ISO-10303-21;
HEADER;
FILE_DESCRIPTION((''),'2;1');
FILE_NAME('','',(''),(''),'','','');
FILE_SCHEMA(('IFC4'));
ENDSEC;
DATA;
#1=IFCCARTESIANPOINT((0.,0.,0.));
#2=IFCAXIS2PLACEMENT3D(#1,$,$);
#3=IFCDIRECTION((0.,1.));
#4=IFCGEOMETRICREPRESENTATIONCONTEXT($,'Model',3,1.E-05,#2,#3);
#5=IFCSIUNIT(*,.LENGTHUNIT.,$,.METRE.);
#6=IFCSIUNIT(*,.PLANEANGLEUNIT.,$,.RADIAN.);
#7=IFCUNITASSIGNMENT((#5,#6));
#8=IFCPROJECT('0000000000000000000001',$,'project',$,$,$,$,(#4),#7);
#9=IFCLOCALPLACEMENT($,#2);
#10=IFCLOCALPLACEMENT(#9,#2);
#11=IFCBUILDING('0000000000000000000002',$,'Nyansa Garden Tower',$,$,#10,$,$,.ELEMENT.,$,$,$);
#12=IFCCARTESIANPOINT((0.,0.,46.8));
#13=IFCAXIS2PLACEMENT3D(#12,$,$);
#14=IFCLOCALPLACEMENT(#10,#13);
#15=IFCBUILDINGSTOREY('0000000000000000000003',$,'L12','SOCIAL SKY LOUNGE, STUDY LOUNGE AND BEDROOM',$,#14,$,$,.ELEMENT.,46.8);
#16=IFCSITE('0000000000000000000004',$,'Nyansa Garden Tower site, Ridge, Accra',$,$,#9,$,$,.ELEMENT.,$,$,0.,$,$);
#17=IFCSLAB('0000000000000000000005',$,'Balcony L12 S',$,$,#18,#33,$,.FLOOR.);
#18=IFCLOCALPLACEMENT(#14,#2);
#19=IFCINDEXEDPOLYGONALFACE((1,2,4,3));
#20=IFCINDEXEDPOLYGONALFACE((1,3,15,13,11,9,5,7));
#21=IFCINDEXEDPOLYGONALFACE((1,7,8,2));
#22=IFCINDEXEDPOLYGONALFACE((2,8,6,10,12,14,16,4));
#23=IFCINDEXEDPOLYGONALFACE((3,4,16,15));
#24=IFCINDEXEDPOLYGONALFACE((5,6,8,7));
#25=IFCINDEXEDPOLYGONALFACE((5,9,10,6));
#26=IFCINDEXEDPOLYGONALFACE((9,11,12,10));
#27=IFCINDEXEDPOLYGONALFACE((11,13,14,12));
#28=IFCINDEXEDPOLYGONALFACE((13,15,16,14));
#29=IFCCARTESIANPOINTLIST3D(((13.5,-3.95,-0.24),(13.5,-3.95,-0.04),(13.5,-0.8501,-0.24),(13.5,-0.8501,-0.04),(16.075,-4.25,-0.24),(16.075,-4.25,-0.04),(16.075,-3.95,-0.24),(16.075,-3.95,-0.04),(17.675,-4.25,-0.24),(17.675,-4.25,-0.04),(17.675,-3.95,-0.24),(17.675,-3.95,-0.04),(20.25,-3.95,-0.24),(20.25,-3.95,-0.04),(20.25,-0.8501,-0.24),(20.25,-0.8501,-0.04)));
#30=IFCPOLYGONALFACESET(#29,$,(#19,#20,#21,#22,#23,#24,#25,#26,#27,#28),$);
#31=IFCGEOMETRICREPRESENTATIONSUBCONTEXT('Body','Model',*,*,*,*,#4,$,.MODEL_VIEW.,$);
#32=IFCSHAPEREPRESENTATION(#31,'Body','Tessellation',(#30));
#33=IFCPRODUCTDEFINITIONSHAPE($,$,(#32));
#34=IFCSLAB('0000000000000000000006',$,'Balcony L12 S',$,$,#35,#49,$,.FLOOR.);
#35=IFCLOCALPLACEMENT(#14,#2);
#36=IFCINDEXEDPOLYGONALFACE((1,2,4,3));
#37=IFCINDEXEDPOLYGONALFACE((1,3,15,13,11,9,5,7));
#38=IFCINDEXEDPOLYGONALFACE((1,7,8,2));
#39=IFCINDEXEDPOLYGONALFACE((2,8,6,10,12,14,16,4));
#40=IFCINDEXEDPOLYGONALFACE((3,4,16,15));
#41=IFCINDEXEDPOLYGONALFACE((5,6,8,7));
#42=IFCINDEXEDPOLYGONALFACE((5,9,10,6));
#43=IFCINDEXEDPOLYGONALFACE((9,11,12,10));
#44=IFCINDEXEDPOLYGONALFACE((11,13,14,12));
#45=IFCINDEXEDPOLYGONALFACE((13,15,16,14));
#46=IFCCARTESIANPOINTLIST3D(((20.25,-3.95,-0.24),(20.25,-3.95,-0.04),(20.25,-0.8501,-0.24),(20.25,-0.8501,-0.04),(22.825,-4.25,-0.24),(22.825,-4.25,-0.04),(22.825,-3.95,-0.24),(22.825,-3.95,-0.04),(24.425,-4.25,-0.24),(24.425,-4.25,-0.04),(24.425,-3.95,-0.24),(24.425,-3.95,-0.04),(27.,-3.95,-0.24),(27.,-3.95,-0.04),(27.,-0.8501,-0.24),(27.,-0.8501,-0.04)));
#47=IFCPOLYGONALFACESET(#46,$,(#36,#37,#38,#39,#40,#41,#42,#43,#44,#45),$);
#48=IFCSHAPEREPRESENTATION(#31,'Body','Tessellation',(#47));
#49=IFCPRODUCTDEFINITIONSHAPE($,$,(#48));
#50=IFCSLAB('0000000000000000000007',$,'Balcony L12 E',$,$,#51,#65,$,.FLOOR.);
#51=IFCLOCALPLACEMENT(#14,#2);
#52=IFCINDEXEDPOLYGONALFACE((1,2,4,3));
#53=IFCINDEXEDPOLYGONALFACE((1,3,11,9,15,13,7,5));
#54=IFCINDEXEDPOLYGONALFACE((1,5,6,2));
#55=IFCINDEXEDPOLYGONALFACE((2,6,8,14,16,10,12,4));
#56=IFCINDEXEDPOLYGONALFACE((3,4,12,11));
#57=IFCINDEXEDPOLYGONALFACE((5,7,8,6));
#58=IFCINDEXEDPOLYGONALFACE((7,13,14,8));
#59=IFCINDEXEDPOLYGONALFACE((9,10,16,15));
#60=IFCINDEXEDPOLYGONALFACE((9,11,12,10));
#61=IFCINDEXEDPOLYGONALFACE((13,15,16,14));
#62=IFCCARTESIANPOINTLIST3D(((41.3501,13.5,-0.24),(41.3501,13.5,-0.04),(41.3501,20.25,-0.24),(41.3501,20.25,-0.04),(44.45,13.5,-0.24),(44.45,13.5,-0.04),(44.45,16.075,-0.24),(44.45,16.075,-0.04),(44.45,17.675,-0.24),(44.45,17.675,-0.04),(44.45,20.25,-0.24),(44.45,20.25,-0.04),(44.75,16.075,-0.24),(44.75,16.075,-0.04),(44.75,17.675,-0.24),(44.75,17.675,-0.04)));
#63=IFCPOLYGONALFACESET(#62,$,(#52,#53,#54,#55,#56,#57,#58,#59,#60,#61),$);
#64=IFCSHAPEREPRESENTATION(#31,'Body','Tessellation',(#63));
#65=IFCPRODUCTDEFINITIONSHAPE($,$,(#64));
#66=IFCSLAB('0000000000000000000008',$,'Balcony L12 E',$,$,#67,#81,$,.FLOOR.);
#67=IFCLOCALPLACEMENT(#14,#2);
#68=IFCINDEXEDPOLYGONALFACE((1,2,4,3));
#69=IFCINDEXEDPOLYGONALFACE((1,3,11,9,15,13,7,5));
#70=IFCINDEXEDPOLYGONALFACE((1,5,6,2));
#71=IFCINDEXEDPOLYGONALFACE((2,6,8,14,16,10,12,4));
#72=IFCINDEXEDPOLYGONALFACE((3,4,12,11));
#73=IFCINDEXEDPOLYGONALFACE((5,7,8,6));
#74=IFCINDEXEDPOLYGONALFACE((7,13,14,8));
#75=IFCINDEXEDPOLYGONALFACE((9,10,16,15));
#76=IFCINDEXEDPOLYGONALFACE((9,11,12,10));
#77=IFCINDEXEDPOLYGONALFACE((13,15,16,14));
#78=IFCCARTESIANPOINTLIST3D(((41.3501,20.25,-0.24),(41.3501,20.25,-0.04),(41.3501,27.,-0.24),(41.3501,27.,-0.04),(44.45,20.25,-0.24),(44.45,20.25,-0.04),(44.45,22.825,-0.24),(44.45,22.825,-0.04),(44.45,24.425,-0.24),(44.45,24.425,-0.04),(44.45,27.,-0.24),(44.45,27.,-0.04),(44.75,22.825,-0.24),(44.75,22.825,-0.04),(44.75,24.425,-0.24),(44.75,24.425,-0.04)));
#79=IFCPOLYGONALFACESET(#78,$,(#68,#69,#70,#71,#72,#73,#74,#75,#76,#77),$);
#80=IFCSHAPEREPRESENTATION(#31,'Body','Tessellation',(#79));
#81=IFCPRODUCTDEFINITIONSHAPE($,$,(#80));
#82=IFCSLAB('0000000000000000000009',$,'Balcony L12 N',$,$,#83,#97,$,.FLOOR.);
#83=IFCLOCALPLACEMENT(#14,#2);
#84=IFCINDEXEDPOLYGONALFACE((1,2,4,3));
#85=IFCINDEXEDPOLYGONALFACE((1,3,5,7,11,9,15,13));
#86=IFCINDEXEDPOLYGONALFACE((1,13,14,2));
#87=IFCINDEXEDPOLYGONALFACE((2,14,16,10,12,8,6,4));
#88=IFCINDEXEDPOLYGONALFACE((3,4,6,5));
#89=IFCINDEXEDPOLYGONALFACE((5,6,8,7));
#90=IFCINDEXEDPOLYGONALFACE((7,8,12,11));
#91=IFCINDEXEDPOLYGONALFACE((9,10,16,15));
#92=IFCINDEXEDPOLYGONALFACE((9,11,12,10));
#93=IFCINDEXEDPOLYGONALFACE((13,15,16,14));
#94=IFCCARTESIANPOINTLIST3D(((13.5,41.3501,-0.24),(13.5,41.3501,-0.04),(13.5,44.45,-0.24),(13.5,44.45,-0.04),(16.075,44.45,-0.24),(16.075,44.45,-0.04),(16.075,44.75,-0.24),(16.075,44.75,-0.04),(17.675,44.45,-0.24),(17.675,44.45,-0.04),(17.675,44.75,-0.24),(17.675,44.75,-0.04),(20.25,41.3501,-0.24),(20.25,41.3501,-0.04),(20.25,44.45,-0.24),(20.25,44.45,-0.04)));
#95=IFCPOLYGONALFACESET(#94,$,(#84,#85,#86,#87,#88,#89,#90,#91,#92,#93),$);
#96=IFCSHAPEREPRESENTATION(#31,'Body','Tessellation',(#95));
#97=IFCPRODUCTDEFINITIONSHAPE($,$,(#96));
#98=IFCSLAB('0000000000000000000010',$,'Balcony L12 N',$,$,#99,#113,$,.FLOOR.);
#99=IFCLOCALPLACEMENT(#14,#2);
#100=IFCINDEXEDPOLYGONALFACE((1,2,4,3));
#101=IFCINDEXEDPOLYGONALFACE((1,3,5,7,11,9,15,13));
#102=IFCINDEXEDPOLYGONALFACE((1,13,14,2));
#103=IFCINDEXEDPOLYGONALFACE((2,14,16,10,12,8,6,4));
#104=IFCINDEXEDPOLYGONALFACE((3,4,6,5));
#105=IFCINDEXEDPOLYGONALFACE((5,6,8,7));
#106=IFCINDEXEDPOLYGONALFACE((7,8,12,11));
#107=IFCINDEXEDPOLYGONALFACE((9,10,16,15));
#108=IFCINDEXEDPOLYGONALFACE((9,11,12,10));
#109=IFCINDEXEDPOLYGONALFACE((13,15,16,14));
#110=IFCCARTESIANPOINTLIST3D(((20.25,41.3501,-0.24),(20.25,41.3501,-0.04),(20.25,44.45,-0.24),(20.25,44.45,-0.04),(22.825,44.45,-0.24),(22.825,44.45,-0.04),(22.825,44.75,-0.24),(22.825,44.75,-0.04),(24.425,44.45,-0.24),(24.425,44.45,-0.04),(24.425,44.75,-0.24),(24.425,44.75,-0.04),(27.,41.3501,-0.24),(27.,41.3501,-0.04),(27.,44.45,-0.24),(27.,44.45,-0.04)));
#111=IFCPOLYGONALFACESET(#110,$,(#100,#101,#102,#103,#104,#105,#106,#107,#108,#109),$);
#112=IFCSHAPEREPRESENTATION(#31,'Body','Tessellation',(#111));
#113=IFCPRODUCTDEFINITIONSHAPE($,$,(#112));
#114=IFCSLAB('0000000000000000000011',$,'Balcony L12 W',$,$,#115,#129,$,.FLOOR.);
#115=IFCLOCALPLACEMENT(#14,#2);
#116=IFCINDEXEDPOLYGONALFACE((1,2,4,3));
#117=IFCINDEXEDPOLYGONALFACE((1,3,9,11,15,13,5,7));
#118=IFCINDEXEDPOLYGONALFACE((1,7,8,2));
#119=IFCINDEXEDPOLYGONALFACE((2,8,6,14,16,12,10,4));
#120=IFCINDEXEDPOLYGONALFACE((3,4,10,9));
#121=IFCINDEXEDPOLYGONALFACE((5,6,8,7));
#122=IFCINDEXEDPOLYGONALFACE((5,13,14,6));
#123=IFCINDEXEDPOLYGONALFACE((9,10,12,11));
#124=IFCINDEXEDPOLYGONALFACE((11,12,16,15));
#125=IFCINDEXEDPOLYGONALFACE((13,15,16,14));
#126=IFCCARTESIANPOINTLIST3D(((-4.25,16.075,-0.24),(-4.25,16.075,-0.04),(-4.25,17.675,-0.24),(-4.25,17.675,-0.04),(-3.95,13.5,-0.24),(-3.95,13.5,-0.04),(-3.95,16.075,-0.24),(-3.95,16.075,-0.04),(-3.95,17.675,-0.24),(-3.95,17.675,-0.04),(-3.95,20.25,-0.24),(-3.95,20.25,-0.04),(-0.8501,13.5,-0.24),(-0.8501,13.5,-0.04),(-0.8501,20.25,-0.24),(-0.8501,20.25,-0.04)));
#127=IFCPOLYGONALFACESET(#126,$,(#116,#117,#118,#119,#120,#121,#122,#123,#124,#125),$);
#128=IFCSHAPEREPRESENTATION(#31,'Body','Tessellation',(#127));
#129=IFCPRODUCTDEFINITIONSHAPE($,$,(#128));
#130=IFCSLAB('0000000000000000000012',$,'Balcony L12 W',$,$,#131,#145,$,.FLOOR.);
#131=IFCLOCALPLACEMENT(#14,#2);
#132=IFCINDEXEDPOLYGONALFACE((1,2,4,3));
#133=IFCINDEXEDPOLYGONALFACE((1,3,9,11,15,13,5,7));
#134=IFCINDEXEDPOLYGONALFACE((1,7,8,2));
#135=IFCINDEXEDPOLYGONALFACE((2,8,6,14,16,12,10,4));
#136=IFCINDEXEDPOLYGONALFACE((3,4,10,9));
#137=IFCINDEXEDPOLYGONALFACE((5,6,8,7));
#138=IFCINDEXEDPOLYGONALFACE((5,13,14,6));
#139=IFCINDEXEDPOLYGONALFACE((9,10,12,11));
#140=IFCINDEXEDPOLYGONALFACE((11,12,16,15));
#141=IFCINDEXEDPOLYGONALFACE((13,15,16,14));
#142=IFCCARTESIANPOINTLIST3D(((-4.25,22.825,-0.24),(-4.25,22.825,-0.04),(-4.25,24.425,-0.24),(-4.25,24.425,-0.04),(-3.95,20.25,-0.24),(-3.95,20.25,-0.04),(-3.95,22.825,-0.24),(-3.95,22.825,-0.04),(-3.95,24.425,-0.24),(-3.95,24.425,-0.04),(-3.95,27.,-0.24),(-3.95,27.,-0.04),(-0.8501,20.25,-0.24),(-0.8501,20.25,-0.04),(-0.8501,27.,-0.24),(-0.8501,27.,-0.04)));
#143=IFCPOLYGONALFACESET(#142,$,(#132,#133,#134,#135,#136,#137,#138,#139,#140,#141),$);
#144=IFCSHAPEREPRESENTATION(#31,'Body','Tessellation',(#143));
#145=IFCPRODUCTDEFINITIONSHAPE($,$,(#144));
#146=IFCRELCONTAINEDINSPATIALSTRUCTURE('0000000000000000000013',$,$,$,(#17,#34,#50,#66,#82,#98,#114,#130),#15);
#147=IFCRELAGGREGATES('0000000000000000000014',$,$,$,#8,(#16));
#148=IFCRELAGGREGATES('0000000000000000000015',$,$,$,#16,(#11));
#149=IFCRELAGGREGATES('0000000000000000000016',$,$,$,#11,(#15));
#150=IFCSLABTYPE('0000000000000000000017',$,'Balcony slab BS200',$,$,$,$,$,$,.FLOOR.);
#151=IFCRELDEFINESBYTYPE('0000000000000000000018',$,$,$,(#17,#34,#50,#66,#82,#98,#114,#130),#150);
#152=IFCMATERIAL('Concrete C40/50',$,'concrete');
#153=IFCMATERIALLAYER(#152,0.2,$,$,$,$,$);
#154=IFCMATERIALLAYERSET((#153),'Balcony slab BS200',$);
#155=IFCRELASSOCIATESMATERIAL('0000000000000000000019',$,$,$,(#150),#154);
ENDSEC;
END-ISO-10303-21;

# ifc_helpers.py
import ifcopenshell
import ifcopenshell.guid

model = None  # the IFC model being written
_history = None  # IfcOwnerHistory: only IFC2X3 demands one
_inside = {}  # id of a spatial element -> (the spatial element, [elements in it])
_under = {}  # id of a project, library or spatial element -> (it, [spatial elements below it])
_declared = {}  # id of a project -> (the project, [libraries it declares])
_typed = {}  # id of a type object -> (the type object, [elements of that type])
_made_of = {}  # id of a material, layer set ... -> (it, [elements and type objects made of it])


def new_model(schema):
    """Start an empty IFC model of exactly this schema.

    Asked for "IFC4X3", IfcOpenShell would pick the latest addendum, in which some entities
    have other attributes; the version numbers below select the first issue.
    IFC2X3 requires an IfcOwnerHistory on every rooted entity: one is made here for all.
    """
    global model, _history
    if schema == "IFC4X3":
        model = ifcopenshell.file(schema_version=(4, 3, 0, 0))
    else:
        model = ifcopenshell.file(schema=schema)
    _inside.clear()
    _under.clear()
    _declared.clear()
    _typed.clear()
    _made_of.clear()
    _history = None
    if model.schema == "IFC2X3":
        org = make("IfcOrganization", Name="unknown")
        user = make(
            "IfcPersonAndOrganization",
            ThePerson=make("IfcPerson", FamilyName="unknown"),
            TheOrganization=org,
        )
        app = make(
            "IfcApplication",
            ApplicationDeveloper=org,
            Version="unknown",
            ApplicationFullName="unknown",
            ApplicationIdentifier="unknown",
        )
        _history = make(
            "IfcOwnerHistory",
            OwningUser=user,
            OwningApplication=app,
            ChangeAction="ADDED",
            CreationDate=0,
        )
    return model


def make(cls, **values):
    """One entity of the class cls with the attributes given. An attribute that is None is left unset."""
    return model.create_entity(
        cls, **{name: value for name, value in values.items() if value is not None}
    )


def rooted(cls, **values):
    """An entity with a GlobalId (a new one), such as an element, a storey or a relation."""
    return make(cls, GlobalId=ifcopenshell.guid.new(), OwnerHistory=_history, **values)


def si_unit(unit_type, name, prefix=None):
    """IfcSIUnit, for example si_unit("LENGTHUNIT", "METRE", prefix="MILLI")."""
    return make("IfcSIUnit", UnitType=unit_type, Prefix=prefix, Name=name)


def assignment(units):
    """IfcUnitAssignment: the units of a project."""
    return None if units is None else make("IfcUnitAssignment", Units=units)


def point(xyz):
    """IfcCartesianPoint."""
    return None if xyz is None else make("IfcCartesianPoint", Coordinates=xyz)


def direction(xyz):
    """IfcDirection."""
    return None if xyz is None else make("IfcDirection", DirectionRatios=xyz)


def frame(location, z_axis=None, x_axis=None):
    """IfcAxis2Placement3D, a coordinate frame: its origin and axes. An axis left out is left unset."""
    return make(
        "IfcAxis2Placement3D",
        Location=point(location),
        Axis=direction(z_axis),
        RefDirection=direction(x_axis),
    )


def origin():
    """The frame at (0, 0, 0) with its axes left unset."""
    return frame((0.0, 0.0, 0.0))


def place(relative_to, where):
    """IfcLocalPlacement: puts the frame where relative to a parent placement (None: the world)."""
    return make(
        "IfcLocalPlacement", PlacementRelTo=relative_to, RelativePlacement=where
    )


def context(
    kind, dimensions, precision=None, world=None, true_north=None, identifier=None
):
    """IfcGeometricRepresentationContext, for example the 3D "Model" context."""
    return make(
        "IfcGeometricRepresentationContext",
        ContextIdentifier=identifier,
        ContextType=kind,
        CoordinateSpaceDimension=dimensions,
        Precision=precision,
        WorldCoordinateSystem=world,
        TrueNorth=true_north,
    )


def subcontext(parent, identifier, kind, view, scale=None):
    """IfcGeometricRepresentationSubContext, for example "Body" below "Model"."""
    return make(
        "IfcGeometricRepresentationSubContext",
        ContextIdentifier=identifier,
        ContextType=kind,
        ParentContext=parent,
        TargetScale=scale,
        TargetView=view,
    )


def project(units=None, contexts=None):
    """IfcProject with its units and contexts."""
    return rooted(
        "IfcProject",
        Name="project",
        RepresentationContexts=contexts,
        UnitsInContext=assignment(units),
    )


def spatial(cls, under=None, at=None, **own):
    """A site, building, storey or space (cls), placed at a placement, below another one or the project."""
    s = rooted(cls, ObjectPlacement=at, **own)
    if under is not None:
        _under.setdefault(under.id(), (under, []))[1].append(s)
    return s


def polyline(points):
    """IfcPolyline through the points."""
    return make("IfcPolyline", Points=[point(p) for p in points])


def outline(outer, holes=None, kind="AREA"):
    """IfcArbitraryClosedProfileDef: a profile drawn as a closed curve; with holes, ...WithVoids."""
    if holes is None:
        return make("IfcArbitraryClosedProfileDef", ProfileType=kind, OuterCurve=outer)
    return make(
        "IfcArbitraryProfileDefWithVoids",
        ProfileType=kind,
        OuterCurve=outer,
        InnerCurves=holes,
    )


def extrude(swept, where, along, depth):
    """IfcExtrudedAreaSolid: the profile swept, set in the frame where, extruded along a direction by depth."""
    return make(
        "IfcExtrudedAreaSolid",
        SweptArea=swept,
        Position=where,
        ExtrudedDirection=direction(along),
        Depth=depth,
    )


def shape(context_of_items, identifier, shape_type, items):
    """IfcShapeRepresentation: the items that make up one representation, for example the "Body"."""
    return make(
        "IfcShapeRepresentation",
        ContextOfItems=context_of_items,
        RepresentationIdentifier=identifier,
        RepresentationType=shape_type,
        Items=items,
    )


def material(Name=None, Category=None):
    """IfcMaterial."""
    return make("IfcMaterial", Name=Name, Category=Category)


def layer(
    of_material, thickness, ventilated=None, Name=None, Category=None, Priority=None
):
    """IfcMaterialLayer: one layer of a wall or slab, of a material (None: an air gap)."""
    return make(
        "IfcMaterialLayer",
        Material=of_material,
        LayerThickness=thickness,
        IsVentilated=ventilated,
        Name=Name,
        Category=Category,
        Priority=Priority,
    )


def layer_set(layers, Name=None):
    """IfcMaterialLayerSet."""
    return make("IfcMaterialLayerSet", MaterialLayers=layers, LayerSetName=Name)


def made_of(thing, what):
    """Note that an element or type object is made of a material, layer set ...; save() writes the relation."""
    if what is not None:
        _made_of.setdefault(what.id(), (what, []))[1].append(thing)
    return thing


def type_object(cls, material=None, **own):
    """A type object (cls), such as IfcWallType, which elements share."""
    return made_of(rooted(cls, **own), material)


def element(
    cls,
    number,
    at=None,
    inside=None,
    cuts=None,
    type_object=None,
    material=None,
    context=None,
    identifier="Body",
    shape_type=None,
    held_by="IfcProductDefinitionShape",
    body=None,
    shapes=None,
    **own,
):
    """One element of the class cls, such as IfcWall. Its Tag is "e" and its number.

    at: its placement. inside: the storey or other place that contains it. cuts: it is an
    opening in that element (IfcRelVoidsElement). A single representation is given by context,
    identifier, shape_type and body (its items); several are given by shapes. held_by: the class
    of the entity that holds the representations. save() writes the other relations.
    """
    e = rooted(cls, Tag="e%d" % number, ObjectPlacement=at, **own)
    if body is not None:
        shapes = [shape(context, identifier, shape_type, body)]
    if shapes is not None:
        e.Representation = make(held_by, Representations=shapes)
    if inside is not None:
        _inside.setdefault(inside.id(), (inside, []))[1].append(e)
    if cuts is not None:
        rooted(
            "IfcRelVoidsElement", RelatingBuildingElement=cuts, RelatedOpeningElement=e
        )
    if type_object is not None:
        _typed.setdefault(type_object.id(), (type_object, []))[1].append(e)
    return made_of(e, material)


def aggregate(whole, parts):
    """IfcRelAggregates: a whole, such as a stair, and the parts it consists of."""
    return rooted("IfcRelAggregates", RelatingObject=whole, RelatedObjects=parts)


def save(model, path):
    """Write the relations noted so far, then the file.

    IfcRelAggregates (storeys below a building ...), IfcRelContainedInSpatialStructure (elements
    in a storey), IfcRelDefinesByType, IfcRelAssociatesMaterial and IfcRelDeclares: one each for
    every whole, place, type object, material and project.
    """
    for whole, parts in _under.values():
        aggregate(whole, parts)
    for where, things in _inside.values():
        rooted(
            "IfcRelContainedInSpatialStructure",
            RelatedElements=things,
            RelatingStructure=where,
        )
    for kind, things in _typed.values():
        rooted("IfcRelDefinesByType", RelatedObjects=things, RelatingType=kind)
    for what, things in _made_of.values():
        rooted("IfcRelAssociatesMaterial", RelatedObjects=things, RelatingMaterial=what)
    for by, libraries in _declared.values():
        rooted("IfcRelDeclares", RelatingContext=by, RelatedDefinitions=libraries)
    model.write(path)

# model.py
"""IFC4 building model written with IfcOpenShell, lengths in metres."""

from ifc_helpers import new_model, si_unit, direction, frame, origin, place, context, subcontext, project, spatial, polyline, outline, extrude, material, layer, layer_set, type_object, element, save


model = new_model("IFC4")

# Units and contexts
model_context = context("Model", 3, precision=1e-05, world=origin(), true_north=direction((0.0, 1.0)))
body_context = subcontext(model_context, "Body", "Model", "MODEL_VIEW")
ifc_project = project(units=[si_unit("LENGTHUNIT", "METRE"), si_unit("PLANEANGLEUNIT", "RADIAN")], contexts=[model_context])

# Site, building, storey
site_placement = place(None, origin())
site = spatial("IfcSite", under=ifc_project, at=site_placement, Name="Nyansa Garden Tower site, Ridge, Accra", CompositionType="ELEMENT", RefElevation=0.0)
building_placement = place(site_placement, origin())
building = spatial("IfcBuilding", under=site, at=building_placement, Name="Nyansa Garden Tower", CompositionType="ELEMENT")
storey_placement = place(building_placement, frame((0.0, 0.0, 46.8)))
storey = spatial("IfcBuildingStorey", under=building, at=storey_placement, Name="L12", Description="SOCIAL SKY LOUNGE, STUDY LOUNGE AND BEDROOM", CompositionType="ELEMENT", Elevation=46.8)

# Slabs
ifc_material_1 = material(Name="Concrete C40/50", Category="concrete")
ifc_layer_1 = layer(ifc_material_1, 0.2)
ifc_layer_set_1 = layer_set([ifc_layer_1], Name="Balcony slab BS200")
slab_type_1 = type_object("IfcSlabType", Name="Balcony slab BS200", PredefinedType="FLOOR", material=ifc_layer_set_1)
slab_1_placement = place(storey_placement, frame((0.0, 0.0, -0.24)))
element("IfcSlab", 1, at=slab_1_placement, inside=storey, type_object=slab_type_1, Name="Balcony L12 S", PredefinedType="FLOOR", context=body_context, shape_type="SweptSolid", body=[
    extrude(outline(polyline([(13.5, -0.8501), (20.25, -0.8501), (20.25, -3.95), (17.675, -3.95), (17.675, -4.25), (16.075, -4.25), (16.075, -3.95), (13.5, -3.95), (13.5, -0.8501)])), origin(), (0.0, 0.0, 1.0), 0.2),
])
slab_2_placement = place(storey_placement, frame((0.0, 0.0, -0.24)))
element("IfcSlab", 2, at=slab_2_placement, inside=storey, type_object=slab_type_1, Name="Balcony L12 S", PredefinedType="FLOOR", context=body_context, shape_type="SweptSolid", body=[
    extrude(outline(polyline([(20.25, -0.8501), (27.0, -0.8501), (27.0, -3.95), (24.425, -3.95), (24.425, -4.25), (22.825, -4.25), (22.825, -3.95), (20.25, -3.95), (20.25, -0.8501)])), origin(), (0.0, 0.0, 1.0), 0.2),
])
slab_3_placement = place(storey_placement, frame((0.0, 0.0, -0.24)))
element("IfcSlab", 3, at=slab_3_placement, inside=storey, type_object=slab_type_1, Name="Balcony L12 E", PredefinedType="FLOOR", context=body_context, shape_type="SweptSolid", body=[
    extrude(outline(polyline([(41.3501, 13.5), (41.3501, 20.25), (44.45, 20.25), (44.45, 17.675), (44.75, 17.675), (44.75, 16.075), (44.45, 16.075), (44.45, 13.5), (41.3501, 13.5)])), origin(), (0.0, 0.0, 1.0), 0.2),
])
slab_4_placement = place(storey_placement, frame((0.0, 0.0, -0.24)))
element("IfcSlab", 4, at=slab_4_placement, inside=storey, type_object=slab_type_1, Name="Balcony L12 E", PredefinedType="FLOOR", context=body_context, shape_type="SweptSolid", body=[
    extrude(outline(polyline([(41.3501, 20.25), (41.3501, 27.0), (44.45, 27.0), (44.45, 24.425), (44.75, 24.425), (44.75, 22.825), (44.45, 22.825), (44.45, 20.25), (41.3501, 20.25)])), origin(), (0.0, 0.0, 1.0), 0.2),
])
slab_5_placement = place(storey_placement, frame((0.0, 0.0, -0.24)))
element("IfcSlab", 5, at=slab_5_placement, inside=storey, type_object=slab_type_1, Name="Balcony L12 N", PredefinedType="FLOOR", context=body_context, shape_type="SweptSolid", body=[
    extrude(outline(polyline([(13.5, 41.3501), (20.25, 41.3501), (20.25, 44.45), (17.675, 44.45), (17.675, 44.75), (16.075, 44.75), (16.075, 44.45), (13.5, 44.45), (13.5, 41.3501)])), origin(), (0.0, 0.0, 1.0), 0.2),
])
slab_6_placement = place(storey_placement, frame((0.0, 0.0, -0.24)))
element("IfcSlab", 6, at=slab_6_placement, inside=storey, type_object=slab_type_1, Name="Balcony L12 N", PredefinedType="FLOOR", context=body_context, shape_type="SweptSolid", body=[
    extrude(outline(polyline([(20.25, 41.3501), (27.0, 41.3501), (27.0, 44.45), (24.425, 44.45), (24.425, 44.75), (22.825, 44.75), (22.825, 44.45), (20.25, 44.45), (20.25, 41.3501)])), origin(), (0.0, 0.0, 1.0), 0.2),
])
slab_7_placement = place(storey_placement, frame((0.0, 0.0, -0.24)))
element("IfcSlab", 7, at=slab_7_placement, inside=storey, type_object=slab_type_1, Name="Balcony L12 W", PredefinedType="FLOOR", context=body_context, shape_type="SweptSolid", body=[
    extrude(outline(polyline([(-0.8501, 13.5), (-0.8501, 20.25), (-3.95, 20.25), (-3.95, 17.675), (-4.25, 17.675), (-4.25, 16.075), (-3.95, 16.075), (-3.95, 13.5), (-0.8501, 13.5)])), origin(), (0.0, 0.0, 1.0), 0.2),
])
slab_8_placement = place(storey_placement, frame((0.0, 0.0, -0.24)))
element("IfcSlab", 8, at=slab_8_placement, inside=storey, type_object=slab_type_1, Name="Balcony L12 W", PredefinedType="FLOOR", context=body_context, shape_type="SweptSolid", body=[
    extrude(outline(polyline([(-0.8501, 20.25), (-0.8501, 27.0), (-3.95, 27.0), (-3.95, 24.425), (-4.25, 24.425), (-4.25, 22.825), (-3.95, 22.825), (-3.95, 20.25), (-0.8501, 20.25)])), origin(), (0.0, 0.0, 1.0), 0.2),
])

save(model, "model.ifc")
